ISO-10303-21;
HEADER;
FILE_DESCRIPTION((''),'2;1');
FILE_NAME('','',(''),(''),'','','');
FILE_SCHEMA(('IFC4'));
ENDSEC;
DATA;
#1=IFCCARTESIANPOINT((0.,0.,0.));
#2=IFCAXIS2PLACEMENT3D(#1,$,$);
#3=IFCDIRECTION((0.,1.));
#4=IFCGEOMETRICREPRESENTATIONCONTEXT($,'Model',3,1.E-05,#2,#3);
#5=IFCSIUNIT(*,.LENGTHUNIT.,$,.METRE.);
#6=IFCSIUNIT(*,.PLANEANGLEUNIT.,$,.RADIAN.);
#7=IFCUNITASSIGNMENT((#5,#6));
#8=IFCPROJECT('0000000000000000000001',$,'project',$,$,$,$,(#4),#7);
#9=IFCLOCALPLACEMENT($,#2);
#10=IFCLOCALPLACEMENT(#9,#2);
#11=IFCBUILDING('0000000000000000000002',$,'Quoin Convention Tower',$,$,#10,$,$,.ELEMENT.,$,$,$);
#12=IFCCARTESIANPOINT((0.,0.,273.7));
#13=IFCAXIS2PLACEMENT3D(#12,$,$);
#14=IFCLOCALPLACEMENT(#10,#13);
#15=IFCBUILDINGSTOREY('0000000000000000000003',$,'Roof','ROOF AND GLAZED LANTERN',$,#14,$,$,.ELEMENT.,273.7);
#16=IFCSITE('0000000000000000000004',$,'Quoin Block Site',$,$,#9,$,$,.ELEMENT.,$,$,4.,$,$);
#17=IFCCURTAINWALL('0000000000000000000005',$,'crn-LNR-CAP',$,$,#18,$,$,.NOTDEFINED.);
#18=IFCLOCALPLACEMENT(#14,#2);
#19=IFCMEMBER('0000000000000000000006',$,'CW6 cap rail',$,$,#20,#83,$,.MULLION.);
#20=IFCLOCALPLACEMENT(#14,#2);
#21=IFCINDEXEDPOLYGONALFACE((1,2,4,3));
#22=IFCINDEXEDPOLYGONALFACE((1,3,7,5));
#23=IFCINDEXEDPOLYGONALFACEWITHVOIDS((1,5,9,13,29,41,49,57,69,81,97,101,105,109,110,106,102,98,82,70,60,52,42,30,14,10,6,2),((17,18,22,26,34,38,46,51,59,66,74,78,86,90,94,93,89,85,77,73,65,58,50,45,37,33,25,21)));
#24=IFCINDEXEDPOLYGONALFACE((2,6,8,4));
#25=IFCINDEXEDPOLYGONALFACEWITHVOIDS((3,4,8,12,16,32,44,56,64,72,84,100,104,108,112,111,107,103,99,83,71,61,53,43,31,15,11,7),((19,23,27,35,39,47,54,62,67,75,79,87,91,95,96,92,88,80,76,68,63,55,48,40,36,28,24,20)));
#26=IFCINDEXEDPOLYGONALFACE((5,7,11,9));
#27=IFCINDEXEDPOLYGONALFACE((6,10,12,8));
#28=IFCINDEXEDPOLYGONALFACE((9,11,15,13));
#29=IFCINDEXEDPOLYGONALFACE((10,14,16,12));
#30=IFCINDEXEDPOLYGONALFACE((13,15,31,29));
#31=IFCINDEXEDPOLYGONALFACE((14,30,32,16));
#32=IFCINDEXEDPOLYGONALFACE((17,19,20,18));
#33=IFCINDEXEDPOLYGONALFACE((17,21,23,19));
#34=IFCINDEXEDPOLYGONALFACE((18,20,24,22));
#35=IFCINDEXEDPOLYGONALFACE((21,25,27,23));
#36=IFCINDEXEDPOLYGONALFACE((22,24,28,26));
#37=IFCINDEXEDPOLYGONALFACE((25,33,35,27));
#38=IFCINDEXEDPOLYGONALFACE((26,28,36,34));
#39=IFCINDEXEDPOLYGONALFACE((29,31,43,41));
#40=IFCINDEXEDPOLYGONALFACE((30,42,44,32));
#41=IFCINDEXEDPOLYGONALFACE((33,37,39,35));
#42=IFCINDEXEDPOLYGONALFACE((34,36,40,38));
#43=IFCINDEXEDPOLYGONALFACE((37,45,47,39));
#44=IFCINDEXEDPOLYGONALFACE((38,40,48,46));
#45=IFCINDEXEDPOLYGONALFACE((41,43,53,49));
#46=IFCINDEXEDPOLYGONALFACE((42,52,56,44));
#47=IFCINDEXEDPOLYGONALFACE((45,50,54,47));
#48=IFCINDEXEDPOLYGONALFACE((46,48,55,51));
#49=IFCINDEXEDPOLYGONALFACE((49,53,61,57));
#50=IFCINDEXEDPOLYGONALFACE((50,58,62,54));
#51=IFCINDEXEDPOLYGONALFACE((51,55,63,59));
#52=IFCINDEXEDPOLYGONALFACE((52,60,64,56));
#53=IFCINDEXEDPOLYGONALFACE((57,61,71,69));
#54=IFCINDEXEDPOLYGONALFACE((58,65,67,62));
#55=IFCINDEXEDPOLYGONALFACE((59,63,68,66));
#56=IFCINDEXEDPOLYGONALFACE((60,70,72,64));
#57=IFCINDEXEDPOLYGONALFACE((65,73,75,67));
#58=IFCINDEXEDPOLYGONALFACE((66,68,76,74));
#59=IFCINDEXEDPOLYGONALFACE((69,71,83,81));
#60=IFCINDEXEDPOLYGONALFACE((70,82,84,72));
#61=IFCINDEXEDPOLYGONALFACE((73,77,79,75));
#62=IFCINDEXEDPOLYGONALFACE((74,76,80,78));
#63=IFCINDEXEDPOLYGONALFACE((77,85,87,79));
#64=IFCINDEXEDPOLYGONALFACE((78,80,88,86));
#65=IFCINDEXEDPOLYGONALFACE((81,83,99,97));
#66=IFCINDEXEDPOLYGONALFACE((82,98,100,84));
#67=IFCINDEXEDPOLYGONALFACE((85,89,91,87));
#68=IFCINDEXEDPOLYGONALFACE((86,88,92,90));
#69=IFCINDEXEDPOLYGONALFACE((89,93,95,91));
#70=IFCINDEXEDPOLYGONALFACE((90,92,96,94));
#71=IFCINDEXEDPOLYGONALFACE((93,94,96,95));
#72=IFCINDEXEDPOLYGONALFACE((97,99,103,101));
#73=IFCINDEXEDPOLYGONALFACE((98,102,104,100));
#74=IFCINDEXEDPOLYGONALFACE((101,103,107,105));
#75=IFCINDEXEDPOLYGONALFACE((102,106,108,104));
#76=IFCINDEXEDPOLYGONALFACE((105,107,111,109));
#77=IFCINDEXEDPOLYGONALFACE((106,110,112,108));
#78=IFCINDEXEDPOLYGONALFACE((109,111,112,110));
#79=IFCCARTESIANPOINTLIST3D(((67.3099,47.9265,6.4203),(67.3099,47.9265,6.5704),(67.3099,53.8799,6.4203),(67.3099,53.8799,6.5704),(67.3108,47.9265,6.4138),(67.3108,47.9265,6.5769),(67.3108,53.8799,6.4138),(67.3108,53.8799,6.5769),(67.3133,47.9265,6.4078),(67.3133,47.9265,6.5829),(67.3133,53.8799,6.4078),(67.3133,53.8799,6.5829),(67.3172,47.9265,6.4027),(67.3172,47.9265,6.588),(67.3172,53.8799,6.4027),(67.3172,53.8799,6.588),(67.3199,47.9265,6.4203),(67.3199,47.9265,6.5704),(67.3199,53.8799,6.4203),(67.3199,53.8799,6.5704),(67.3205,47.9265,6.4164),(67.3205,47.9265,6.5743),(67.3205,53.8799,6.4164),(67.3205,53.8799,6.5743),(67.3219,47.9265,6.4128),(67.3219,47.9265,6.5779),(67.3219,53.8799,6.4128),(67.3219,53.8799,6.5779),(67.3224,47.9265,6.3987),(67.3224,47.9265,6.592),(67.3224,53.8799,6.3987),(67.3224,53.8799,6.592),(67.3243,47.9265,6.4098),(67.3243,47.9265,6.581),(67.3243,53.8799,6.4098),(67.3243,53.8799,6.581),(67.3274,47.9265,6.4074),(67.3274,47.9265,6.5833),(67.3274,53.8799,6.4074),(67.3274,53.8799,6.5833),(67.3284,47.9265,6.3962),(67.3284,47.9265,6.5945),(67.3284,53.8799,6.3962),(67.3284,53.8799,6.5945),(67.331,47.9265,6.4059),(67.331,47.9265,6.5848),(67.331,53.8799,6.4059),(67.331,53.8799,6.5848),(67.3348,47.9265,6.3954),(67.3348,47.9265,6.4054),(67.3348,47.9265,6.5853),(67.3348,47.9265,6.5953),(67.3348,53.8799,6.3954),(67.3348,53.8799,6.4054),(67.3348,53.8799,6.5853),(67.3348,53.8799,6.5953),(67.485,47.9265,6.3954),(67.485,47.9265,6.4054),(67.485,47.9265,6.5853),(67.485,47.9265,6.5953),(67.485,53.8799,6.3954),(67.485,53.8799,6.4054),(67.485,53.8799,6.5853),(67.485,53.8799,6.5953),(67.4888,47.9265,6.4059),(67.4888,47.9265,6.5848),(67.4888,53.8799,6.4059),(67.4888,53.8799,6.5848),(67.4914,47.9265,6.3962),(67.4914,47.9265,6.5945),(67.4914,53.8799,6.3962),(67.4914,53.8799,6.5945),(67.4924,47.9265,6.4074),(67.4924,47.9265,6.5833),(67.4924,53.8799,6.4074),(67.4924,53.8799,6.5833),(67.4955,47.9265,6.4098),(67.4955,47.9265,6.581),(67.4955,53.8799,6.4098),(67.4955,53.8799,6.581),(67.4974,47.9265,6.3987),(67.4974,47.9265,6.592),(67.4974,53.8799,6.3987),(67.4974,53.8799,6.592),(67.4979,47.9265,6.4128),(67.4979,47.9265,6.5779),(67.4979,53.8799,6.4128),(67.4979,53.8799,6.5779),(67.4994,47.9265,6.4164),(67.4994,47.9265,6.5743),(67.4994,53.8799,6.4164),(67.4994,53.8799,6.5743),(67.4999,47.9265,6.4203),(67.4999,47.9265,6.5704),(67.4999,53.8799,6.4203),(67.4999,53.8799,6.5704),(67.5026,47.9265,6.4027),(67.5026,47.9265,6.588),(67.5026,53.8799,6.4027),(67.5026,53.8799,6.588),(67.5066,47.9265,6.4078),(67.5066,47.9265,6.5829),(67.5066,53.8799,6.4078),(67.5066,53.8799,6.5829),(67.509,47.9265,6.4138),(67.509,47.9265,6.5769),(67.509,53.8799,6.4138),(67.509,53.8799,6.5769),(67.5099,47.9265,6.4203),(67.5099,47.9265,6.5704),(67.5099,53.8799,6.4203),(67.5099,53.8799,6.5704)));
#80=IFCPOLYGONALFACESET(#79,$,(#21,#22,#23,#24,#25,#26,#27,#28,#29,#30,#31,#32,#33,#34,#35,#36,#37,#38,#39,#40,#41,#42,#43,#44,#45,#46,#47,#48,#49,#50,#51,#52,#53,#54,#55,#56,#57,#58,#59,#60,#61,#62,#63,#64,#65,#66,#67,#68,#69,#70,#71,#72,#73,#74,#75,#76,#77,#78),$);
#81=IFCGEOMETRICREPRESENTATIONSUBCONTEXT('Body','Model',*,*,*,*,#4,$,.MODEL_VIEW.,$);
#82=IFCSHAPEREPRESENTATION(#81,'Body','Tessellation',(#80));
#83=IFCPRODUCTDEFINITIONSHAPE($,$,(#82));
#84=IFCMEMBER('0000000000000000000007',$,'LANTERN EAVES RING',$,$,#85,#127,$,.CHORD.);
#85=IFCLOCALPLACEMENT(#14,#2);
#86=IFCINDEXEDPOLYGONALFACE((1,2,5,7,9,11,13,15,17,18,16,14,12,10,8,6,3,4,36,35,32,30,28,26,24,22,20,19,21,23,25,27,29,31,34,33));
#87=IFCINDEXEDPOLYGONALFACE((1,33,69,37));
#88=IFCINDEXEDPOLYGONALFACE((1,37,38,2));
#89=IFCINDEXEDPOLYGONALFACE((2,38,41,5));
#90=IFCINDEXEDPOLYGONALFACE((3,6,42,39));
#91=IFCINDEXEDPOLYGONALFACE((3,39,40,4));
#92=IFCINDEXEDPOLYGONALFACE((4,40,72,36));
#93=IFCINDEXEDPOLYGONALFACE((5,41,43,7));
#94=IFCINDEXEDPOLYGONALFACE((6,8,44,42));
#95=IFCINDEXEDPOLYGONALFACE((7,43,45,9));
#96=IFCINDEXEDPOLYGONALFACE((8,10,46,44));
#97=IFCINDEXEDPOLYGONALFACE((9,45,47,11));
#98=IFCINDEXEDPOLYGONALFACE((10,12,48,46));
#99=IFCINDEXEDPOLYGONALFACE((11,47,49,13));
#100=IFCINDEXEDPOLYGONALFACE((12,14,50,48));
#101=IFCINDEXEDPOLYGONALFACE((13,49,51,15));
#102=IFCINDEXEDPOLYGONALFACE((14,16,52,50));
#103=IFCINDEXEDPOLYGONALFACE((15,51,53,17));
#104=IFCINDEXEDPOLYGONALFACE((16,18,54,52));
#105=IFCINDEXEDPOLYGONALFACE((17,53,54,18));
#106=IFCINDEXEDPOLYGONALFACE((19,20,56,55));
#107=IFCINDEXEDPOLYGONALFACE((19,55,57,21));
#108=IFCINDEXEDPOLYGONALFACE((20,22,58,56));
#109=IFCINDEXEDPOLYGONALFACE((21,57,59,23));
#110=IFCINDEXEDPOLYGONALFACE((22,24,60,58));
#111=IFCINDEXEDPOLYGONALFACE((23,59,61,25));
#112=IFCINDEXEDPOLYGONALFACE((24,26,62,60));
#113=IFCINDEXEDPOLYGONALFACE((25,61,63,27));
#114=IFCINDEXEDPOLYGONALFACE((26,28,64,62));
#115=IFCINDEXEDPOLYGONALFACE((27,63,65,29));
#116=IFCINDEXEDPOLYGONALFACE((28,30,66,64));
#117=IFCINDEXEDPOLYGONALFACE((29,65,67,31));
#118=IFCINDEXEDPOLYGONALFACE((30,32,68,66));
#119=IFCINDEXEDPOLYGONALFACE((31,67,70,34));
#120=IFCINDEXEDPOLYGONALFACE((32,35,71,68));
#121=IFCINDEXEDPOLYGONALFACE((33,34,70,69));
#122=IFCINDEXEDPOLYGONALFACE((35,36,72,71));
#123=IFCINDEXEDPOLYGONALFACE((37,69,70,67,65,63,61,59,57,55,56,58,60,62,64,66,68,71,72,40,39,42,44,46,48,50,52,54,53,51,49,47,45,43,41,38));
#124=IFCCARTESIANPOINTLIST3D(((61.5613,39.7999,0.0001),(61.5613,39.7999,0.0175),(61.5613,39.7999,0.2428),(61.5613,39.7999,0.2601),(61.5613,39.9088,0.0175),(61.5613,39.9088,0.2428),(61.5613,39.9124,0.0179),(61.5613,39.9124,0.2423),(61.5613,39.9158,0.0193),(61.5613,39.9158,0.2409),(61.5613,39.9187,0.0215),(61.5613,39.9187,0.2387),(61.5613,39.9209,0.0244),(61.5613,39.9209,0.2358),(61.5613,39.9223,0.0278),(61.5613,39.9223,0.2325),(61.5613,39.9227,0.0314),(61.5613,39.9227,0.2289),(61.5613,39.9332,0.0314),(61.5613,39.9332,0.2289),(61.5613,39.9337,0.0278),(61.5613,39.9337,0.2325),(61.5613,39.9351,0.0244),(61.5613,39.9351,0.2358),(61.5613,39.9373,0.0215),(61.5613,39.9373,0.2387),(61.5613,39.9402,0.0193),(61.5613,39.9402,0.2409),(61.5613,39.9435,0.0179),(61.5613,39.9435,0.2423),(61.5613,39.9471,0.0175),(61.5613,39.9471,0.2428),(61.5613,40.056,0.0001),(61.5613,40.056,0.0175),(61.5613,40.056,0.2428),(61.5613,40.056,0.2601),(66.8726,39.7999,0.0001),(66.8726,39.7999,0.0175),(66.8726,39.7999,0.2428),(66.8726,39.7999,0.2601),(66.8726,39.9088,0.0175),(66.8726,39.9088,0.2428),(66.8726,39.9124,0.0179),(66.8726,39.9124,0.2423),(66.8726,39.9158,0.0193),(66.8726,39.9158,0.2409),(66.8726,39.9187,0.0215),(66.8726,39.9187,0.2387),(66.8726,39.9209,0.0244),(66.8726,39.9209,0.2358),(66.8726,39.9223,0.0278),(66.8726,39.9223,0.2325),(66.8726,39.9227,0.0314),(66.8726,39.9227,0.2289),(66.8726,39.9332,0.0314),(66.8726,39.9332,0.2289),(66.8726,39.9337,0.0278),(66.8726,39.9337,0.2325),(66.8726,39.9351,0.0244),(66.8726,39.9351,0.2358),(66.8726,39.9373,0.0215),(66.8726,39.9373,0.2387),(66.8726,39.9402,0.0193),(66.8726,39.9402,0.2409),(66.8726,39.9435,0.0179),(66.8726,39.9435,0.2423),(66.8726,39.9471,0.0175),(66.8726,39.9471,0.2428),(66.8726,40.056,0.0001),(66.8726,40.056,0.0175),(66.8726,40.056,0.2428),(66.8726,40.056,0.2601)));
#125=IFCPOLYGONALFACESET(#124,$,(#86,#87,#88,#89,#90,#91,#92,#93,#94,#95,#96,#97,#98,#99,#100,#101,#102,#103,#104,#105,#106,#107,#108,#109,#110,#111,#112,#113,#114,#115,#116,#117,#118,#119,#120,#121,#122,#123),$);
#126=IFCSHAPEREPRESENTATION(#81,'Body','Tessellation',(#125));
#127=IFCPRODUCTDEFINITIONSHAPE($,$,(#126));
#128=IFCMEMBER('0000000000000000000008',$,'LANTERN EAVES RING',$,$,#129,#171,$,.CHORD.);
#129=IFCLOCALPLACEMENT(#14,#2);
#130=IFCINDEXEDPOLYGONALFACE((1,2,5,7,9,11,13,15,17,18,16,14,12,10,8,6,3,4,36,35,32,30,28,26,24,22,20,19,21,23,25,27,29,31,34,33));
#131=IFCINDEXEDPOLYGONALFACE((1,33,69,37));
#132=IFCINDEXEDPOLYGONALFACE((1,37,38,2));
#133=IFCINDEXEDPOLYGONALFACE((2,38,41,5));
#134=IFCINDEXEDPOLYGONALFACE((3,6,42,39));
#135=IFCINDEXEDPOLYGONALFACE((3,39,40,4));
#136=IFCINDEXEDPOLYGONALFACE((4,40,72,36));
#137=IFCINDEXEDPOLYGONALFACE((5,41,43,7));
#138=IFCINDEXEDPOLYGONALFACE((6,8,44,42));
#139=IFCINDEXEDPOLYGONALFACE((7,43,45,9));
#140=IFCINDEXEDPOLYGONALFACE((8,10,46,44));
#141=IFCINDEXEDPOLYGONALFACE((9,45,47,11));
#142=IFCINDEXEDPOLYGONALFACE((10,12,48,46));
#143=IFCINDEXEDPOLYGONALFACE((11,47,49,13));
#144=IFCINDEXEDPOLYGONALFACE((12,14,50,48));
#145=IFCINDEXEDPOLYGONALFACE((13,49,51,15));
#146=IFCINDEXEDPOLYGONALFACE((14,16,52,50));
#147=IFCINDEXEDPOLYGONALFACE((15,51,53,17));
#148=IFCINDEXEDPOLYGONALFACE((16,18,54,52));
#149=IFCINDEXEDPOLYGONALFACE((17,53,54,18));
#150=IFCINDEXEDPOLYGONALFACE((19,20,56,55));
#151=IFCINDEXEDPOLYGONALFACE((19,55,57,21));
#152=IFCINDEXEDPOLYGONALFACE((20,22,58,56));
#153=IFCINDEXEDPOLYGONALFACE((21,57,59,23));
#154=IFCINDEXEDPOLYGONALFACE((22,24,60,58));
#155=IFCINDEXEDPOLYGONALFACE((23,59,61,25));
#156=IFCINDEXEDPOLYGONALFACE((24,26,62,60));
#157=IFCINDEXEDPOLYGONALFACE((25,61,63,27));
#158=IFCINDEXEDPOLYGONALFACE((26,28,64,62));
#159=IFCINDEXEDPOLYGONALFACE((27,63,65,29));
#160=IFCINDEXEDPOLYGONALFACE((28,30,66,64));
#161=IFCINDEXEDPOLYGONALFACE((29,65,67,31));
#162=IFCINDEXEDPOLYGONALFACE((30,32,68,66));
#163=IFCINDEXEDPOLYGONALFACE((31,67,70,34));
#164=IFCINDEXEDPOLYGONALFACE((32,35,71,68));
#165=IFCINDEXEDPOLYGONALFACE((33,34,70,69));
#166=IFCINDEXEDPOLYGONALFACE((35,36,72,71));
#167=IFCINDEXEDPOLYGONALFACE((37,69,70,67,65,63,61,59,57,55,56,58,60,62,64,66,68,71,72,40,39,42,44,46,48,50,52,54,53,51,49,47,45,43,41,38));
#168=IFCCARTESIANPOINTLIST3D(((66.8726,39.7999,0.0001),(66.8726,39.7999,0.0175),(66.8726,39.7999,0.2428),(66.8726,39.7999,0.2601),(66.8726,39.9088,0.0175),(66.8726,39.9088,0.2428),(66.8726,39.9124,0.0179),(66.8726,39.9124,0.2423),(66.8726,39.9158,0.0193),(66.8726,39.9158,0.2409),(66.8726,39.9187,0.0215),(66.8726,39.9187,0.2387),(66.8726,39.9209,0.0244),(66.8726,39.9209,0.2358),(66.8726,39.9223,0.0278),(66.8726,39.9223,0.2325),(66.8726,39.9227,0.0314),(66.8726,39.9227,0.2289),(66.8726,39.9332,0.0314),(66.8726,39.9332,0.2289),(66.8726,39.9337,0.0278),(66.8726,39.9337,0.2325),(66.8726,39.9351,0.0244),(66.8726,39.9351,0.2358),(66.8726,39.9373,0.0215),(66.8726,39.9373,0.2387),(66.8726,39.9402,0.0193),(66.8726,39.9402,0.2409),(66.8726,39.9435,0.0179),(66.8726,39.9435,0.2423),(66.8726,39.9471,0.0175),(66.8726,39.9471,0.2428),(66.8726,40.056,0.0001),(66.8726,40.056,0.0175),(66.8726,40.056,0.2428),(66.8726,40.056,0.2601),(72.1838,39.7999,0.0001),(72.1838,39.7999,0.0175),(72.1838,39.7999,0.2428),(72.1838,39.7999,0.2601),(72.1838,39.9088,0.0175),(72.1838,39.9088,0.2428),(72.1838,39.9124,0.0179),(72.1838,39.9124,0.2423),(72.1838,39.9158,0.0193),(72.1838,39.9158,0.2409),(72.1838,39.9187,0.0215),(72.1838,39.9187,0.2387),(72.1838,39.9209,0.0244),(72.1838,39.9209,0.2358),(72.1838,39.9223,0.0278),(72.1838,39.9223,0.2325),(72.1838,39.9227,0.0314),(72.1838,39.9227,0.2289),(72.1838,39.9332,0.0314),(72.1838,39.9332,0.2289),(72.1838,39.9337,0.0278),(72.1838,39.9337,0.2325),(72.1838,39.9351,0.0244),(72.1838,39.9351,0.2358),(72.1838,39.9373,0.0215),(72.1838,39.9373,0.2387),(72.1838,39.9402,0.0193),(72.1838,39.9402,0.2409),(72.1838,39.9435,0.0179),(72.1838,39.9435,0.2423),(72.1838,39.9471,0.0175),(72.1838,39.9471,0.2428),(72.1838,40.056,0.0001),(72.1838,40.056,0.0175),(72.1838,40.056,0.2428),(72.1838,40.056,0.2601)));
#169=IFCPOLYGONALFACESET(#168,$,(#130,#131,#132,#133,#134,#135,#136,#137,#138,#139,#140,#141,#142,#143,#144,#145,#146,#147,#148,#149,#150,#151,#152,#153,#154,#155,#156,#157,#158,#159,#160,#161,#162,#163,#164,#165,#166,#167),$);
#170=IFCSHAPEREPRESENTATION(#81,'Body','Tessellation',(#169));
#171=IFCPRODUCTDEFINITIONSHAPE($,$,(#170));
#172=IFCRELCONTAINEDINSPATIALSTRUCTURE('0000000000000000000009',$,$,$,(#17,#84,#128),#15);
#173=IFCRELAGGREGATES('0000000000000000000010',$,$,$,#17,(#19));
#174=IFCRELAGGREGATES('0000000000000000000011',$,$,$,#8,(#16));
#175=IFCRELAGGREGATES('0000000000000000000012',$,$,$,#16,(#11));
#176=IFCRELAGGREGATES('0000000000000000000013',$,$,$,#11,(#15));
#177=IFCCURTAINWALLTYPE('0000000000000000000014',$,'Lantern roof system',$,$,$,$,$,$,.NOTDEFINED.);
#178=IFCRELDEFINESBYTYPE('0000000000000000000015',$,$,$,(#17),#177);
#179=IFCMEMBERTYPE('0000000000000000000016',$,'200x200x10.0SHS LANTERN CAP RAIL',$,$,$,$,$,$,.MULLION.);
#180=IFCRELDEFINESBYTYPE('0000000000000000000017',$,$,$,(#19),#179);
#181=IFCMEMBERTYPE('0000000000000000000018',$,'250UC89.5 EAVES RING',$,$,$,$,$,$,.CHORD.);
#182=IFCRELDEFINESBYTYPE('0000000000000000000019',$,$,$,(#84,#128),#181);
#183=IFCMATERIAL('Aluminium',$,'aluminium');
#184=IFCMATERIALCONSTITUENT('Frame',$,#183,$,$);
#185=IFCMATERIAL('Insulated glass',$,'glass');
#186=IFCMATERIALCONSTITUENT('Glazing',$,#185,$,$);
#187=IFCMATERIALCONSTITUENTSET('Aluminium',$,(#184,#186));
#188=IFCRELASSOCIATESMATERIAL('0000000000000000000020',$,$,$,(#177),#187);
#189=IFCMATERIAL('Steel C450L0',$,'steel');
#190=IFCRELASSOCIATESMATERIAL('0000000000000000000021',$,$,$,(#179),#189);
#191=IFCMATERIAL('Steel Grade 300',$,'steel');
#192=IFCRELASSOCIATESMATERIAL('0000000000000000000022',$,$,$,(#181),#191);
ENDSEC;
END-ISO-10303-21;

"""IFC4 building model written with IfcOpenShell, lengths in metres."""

from ifc_helpers import new_model, si_unit, direction, frame, origin, origin_2d, place, context, subcontext, project, spatial, hollow_rectangle, i_section, extrude, material, constituent, constituent_set, material_profile, profile_set, type_object, element, aggregate, save


model = new_model("IFC4")

# Units and contexts
model_context = context("Model", 3, precision=1e-05, world=origin(), true_north=direction((0.0, 1.0)))
body_context = subcontext(model_context, "Body", "Model", "MODEL_VIEW")
ifc_project = project(units=[si_unit("LENGTHUNIT", "METRE"), si_unit("PLANEANGLEUNIT", "RADIAN")], contexts=[model_context])

# Site, building, storey
site_placement = place(None, origin())
site = spatial("IfcSite", under=ifc_project, at=site_placement, Name="Quoin Block Site", CompositionType="ELEMENT", RefElevation=4.0)
building_placement = place(site_placement, origin())
building = spatial("IfcBuilding", under=site, at=building_placement, Name="Quoin Convention Tower", CompositionType="ELEMENT")
storey_placement = place(building_placement, frame((0.0, 0.0, 273.7)))
storey = spatial("IfcBuildingStorey", under=building, at=storey_placement, Name="Roof", Description="ROOF AND GLAZED LANTERN", CompositionType="ELEMENT", Elevation=273.7)

# Curtain wall, member
ifc_material_1 = material(Name="Aluminium", Category="aluminium")
ifc_constituent_1 = constituent(ifc_material_1, Name="Frame")
ifc_material_2 = material(Name="Insulated glass", Category="glass")
ifc_constituent_2 = constituent(ifc_material_2, Name="Glazing")
ifc_constituent_set = constituent_set(constituents=[ifc_constituent_1, ifc_constituent_2], Name="Aluminium")
curtain_wall_type = type_object("IfcCurtainWallType", Name="Lantern roof system", PredefinedType="NOTDEFINED", material=ifc_constituent_set)
curtain_wall_1_placement = place(storey_placement, origin())
curtain_wall_1 = element("IfcCurtainWall", 1, at=curtain_wall_1_placement, inside=storey, type_object=curtain_wall_type, Name="crn-LNR-CAP", PredefinedType="NOTDEFINED")
ifc_material_3 = material(Name="Steel C450L0", Category="steel")
ifc_material_profile_1 = material_profile(ifc_material_3, hollow_rectangle(XDim=0.2, YDim=0.2, WallThickness=0.01, InnerFilletRadius=0.0149, OuterFilletRadius=0.0249, at=origin_2d()), Name="200x200x10.0SHS")
ifc_profile_set_1 = profile_set([ifc_material_profile_1], Name="Steel C450L0")
member_type_1 = type_object("IfcMemberType", Name="200x200x10.0SHS LANTERN CAP RAIL", PredefinedType="MULLION", material=ifc_profile_set_1)
member_1_placement = place(storey_placement, frame((67.4099, 47.9265, 6.4954), z_axis=(0.0, 1.0, 0.0), x_axis=(-1.0, 0.0, 0.0)))
member_1 = element("IfcMember", 2, at=member_1_placement, type_object=member_type_1, Name="CW6 cap rail", PredefinedType="MULLION", context=body_context, shape_type="SweptSolid", body=[
    extrude(hollow_rectangle(XDim=0.2, YDim=0.2, WallThickness=0.01, InnerFilletRadius=0.0149, OuterFilletRadius=0.0249, at=origin_2d()), origin(), (0.0, 0.0, 1.0), 5.9534),
])

# Members
ifc_material_4 = material(Name="Steel Grade 300", Category="steel")
ifc_material_profile_2 = material_profile(ifc_material_4, i_section(OverallWidth=0.2561, OverallDepth=0.26, WebThickness=0.0105, FlangeThickness=0.0173, FilletRadius=0.0139, at=origin_2d()), Name="250UC89.5")
ifc_profile_set_2 = profile_set([ifc_material_profile_2], Name="Steel Grade 300")
member_type_2 = type_object("IfcMemberType", Name="250UC89.5 EAVES RING", PredefinedType="CHORD", material=ifc_profile_set_2)
for number, where, z_axis, x_axis, name in (
    (3, (61.5613, 39.928, 0.1301), (1.0, 0.0, 0.0), (0.0, 1.0, 0.0), "LANTERN EAVES RING"),
    (4, (66.8726, 39.928, 0.1301), (1.0, 0.0, 0.0), (0.0, 1.0, 0.0), "LANTERN EAVES RING"),
):
    element("IfcMember", number, at=place(storey_placement, frame(where, z_axis=z_axis, x_axis=x_axis)), inside=storey, type_object=member_type_2, Name=name, PredefinedType="CHORD", context=body_context, shape_type="SweptSolid", body=[
        extrude(i_section(OverallWidth=0.2561, OverallDepth=0.26, WebThickness=0.0105, FlangeThickness=0.0173, FilletRadius=0.0139, at=origin_2d()), origin(), (0.0, 0.0, 1.0), 5.3113),
    ])

aggregate(curtain_wall_1, [member_1])

save(model, "model.ifc")
